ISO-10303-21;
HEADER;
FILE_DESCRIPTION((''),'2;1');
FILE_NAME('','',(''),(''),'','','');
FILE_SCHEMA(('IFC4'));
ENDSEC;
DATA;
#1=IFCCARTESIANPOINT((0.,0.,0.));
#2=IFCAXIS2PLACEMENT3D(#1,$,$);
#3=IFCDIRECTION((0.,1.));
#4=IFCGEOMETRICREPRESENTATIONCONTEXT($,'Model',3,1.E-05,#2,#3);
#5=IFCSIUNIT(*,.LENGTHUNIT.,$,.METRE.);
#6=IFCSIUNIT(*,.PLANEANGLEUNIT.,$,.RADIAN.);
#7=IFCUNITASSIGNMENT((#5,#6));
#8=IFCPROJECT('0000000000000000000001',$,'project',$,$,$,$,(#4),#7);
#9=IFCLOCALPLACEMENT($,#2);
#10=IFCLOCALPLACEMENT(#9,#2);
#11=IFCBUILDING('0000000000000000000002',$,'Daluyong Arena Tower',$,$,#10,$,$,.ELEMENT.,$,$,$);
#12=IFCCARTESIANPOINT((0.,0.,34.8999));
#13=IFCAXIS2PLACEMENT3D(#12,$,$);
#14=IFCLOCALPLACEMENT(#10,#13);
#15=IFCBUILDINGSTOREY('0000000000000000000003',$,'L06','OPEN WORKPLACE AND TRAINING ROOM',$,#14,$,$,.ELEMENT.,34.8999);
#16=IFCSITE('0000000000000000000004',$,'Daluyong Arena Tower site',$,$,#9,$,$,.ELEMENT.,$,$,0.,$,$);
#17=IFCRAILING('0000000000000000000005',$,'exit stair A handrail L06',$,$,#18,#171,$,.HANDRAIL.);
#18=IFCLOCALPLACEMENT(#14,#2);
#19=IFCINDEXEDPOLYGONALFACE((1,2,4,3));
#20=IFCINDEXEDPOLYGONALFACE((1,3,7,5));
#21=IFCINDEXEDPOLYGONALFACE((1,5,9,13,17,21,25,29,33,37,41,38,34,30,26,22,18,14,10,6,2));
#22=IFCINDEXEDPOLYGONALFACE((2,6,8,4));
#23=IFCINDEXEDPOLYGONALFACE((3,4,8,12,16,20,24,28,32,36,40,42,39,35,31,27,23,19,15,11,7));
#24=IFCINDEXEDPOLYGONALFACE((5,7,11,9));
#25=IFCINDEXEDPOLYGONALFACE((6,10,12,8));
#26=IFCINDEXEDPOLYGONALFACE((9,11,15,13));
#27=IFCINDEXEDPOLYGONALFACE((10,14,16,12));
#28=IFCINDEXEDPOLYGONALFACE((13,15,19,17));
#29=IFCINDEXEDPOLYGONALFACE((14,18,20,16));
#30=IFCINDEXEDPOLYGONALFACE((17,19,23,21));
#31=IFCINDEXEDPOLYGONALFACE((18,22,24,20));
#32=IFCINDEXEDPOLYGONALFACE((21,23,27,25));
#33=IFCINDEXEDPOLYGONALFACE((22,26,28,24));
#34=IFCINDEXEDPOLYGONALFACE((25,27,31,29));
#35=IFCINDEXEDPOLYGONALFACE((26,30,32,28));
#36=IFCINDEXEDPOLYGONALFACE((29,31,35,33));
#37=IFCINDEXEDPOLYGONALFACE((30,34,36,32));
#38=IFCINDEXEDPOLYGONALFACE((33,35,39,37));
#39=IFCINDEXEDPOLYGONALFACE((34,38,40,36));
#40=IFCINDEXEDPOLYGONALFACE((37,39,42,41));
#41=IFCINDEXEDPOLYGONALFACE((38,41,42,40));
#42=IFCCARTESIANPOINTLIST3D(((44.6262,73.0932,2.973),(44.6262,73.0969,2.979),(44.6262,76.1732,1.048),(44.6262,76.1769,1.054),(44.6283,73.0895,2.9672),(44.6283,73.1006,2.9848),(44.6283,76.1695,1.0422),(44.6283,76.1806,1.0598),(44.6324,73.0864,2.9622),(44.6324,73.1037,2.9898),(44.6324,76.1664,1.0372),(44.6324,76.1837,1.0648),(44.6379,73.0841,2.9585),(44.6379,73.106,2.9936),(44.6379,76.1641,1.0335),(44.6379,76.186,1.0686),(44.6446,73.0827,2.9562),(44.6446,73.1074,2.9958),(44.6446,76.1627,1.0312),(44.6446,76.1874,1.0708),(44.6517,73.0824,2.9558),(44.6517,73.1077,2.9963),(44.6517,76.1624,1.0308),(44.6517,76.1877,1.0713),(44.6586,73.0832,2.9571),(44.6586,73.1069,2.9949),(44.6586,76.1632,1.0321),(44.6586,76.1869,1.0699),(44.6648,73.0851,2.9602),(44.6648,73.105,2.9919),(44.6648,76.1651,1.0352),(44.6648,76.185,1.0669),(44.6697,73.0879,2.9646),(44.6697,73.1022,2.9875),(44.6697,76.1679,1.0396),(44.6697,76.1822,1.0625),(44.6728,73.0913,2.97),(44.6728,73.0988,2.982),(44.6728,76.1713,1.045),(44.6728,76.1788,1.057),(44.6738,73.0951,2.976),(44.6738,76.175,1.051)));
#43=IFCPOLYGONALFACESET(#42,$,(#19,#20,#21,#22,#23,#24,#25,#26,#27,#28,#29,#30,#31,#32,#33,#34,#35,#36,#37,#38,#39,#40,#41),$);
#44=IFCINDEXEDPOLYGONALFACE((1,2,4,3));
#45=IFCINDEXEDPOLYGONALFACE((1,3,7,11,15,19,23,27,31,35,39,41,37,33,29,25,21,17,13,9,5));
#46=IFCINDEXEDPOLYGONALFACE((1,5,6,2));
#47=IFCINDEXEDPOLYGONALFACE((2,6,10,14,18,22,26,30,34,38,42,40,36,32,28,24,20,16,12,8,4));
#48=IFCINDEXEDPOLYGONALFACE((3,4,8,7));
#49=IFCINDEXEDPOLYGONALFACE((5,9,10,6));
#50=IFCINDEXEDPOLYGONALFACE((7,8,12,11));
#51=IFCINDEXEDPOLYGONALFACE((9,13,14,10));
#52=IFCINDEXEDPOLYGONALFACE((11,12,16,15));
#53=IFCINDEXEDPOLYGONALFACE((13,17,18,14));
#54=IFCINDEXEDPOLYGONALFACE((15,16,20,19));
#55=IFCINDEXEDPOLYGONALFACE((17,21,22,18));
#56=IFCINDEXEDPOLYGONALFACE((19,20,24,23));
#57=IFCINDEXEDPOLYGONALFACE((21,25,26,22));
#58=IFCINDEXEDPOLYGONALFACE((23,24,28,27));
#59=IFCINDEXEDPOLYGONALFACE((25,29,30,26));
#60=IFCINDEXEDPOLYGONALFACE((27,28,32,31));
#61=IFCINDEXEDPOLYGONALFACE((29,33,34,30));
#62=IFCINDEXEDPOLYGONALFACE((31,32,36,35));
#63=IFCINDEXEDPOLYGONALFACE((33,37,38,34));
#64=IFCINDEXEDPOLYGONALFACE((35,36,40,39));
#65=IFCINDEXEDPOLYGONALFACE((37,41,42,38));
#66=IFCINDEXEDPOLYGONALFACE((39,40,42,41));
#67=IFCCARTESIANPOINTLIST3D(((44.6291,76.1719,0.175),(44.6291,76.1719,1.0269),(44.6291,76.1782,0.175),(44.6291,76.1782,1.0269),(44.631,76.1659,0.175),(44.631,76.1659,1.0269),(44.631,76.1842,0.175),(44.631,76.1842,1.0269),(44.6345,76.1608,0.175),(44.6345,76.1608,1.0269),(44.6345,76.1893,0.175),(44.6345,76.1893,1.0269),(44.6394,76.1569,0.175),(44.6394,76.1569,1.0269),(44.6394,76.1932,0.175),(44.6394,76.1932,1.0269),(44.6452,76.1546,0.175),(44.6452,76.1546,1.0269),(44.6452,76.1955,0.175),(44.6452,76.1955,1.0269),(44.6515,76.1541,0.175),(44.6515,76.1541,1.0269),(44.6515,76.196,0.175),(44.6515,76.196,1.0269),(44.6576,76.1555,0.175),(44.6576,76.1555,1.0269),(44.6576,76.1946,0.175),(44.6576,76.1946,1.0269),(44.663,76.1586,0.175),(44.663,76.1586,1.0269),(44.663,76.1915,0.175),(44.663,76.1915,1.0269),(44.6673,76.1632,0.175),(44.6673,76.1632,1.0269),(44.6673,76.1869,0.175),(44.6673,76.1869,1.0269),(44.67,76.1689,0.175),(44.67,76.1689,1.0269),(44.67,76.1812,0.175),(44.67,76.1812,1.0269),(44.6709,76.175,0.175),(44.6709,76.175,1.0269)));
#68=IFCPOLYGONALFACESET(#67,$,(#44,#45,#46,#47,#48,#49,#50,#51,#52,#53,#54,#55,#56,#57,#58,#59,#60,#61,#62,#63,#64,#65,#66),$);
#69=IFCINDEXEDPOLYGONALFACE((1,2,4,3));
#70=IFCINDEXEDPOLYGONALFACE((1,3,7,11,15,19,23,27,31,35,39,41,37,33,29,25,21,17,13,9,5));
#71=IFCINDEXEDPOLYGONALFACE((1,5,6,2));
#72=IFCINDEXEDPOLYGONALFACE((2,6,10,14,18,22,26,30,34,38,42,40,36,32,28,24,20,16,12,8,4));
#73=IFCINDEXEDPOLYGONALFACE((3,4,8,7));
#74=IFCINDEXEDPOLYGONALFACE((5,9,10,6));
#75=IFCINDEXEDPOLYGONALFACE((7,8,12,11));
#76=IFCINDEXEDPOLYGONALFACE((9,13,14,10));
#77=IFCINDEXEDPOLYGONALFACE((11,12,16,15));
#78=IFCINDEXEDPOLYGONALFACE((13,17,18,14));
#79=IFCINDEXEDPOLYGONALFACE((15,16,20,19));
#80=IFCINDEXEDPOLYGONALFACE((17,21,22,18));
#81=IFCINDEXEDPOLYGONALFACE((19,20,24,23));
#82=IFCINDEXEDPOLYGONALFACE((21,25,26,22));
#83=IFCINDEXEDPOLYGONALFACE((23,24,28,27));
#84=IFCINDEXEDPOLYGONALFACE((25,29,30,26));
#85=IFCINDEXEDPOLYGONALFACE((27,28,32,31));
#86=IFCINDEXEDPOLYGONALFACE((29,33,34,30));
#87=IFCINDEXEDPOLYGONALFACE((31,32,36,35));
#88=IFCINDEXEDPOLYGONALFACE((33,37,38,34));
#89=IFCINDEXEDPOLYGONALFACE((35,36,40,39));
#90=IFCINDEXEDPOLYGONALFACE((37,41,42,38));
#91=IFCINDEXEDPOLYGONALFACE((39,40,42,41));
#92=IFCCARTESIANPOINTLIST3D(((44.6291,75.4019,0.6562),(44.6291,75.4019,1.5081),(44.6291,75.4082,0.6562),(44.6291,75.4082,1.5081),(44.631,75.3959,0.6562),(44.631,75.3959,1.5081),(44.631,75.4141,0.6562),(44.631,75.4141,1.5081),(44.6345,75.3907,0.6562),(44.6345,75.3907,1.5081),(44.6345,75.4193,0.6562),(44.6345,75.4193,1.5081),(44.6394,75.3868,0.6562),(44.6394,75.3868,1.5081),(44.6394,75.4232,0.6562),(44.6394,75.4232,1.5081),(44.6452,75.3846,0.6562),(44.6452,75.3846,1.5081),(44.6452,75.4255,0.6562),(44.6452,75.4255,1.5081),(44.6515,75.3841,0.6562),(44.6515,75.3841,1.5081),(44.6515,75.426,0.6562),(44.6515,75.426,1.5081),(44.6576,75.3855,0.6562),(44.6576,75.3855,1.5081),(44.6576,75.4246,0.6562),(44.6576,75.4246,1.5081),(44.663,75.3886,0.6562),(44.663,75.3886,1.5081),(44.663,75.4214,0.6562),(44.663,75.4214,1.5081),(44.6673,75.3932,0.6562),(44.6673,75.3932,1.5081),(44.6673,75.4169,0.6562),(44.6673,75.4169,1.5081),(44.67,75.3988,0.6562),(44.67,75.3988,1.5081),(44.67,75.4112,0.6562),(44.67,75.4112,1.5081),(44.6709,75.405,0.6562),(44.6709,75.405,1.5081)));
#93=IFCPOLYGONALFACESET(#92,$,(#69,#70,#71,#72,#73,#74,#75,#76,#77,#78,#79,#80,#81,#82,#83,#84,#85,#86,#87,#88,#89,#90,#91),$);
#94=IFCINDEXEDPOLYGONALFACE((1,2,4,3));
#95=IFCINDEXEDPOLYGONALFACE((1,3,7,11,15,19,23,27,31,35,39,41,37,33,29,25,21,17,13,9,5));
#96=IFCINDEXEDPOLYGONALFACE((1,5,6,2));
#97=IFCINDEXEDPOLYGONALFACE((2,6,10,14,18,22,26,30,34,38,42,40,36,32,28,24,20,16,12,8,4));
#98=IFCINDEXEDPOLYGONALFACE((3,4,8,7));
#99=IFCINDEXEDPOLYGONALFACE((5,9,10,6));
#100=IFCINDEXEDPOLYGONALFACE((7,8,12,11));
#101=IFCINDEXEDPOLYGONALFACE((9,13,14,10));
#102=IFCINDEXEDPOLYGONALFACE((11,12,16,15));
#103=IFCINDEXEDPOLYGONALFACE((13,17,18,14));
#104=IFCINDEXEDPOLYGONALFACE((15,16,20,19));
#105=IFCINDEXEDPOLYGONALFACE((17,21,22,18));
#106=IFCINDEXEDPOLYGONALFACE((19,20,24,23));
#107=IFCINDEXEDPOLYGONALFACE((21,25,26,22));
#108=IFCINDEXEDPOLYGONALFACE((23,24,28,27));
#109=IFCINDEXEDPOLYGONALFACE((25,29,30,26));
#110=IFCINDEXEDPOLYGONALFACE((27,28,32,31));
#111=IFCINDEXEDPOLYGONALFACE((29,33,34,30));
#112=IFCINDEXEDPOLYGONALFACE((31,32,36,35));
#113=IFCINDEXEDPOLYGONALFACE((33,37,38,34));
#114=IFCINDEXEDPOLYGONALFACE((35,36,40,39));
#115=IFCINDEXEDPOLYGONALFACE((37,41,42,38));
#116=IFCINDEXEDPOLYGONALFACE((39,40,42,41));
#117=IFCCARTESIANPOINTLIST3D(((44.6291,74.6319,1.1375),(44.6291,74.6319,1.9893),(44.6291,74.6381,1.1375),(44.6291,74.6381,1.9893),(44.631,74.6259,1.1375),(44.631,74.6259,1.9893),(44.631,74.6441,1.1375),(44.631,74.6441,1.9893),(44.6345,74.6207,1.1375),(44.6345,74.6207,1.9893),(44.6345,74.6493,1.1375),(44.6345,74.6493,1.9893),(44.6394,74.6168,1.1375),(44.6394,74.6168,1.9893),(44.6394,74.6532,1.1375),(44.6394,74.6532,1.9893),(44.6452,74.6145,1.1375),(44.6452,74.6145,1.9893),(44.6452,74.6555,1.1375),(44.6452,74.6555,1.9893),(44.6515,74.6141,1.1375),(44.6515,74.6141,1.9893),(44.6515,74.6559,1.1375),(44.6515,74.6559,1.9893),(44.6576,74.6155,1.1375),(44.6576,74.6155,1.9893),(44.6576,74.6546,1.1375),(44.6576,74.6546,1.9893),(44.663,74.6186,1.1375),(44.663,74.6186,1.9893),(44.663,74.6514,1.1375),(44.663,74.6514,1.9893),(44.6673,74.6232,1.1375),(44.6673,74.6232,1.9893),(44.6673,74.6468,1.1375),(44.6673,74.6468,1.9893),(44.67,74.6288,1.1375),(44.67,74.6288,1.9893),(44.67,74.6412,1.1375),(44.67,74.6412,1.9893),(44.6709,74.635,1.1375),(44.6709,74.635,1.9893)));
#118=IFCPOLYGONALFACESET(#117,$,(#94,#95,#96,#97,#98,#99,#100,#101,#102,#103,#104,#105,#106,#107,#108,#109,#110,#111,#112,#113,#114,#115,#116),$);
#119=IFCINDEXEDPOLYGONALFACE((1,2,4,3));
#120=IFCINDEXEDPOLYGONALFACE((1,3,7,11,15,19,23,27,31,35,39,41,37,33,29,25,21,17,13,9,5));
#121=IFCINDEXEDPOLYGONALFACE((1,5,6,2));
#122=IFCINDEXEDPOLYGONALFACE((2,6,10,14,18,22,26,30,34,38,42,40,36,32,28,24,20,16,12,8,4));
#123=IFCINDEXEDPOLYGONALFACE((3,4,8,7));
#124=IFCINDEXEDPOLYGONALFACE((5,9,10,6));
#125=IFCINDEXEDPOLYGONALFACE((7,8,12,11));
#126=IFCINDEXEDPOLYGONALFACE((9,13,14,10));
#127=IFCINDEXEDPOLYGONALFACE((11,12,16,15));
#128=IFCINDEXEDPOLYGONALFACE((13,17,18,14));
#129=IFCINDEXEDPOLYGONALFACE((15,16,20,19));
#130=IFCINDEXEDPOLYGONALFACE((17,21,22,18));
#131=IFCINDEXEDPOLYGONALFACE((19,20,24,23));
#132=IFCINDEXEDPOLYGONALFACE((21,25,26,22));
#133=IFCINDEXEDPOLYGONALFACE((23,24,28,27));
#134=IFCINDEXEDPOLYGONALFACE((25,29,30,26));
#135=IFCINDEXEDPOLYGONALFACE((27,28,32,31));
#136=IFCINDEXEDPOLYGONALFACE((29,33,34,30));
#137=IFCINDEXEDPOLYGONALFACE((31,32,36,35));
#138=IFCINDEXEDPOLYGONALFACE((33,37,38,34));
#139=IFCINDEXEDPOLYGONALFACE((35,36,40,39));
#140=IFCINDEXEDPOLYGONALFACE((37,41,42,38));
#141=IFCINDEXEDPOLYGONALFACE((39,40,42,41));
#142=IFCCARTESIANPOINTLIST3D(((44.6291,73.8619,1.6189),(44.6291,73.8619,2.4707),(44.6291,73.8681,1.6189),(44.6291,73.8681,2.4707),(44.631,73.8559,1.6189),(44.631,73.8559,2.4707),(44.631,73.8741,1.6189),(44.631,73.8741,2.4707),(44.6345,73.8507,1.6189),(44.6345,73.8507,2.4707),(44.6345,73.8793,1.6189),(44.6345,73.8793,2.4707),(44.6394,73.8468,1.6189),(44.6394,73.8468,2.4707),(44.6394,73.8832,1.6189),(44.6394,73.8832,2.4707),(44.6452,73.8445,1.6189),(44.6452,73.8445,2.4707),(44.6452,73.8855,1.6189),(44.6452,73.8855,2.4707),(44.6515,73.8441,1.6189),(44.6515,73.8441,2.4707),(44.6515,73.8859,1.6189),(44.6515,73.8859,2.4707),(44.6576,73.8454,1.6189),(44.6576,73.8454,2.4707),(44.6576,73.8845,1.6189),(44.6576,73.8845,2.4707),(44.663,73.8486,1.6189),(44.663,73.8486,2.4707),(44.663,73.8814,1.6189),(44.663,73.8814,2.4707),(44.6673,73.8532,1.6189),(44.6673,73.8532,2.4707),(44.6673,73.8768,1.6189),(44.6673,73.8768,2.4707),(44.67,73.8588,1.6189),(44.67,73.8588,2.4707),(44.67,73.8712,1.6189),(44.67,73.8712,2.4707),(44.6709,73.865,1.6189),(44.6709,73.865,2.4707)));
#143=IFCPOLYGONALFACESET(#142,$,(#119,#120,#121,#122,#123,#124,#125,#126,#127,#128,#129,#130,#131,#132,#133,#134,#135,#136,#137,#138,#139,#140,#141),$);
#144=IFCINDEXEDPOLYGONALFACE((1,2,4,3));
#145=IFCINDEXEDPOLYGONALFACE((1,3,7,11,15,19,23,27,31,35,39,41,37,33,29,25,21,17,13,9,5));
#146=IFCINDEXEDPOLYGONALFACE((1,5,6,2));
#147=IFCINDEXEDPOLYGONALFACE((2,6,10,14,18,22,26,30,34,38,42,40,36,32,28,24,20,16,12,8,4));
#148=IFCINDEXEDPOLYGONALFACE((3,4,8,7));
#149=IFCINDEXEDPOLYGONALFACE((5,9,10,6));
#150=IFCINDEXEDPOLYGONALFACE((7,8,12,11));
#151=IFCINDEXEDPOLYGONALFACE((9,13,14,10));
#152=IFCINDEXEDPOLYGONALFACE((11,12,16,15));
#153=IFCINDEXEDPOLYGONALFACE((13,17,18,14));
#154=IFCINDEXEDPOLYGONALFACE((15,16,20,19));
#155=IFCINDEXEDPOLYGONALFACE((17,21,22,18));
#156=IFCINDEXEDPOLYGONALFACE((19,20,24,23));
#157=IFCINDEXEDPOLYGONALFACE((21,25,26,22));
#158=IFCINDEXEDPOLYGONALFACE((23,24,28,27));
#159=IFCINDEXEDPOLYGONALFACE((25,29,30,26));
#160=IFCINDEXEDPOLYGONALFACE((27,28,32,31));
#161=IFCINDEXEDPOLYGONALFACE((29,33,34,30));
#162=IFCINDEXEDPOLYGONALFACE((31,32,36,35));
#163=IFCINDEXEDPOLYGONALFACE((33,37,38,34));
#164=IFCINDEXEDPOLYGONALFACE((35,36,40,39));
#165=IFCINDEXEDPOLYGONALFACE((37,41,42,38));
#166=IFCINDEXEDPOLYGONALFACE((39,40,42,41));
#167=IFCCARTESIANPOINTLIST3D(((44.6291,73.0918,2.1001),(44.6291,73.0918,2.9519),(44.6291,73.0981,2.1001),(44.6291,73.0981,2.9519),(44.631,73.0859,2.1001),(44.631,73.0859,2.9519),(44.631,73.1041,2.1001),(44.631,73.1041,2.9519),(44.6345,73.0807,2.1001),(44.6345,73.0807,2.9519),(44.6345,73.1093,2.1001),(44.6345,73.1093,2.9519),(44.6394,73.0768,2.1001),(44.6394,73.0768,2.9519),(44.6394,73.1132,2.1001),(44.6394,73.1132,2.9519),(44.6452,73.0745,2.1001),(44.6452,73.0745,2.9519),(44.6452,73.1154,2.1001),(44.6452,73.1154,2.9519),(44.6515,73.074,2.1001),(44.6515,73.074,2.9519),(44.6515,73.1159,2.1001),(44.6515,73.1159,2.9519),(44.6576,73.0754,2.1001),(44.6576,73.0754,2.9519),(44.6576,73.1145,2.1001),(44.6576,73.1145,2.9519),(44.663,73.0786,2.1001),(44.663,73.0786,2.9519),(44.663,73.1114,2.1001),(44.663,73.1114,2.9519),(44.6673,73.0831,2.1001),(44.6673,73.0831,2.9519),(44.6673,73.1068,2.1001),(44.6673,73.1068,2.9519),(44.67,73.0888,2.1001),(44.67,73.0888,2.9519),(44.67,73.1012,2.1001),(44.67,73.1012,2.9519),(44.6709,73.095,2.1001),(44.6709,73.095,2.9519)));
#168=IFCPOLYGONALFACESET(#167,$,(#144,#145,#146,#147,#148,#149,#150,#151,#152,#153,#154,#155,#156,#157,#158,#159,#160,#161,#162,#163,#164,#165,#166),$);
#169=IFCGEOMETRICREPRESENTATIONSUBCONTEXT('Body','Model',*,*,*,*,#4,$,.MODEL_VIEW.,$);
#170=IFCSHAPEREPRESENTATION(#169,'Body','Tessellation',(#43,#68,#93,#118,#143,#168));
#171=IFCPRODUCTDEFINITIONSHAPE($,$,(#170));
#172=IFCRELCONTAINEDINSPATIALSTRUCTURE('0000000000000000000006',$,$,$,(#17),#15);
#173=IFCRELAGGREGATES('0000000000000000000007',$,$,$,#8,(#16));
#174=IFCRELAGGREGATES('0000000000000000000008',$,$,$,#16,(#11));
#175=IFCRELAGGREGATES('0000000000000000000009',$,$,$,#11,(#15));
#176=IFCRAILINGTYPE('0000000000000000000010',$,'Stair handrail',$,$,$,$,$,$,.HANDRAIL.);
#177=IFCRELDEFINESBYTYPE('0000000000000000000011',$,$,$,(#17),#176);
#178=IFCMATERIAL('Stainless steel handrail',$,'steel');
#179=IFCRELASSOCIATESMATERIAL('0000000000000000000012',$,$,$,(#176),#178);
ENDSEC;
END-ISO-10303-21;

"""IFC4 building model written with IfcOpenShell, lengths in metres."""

from ifc_helpers import new_model, si_unit, direction, frame, origin, origin_2d, place, context, subcontext, project, spatial, circle, extrude, material, type_object, element, save


model = new_model("IFC4")

# Units and contexts
model_context = context("Model", 3, precision=1e-05, world=origin(), true_north=direction((0.0, 1.0)))
body_context = subcontext(model_context, "Body", "Model", "MODEL_VIEW")
ifc_project = project(units=[si_unit("LENGTHUNIT", "METRE"), si_unit("PLANEANGLEUNIT", "RADIAN")], contexts=[model_context])

# Site, building, storey
site_placement = place(None, origin())
site = spatial("IfcSite", under=ifc_project, at=site_placement, Name="Daluyong Arena Tower site", CompositionType="ELEMENT", RefElevation=0.0)
building_placement = place(site_placement, origin())
building = spatial("IfcBuilding", under=site, at=building_placement, Name="Daluyong Arena Tower", CompositionType="ELEMENT")
storey_placement = place(building_placement, frame((0.0, 0.0, 34.8999)))
storey = spatial("IfcBuildingStorey", under=building, at=storey_placement, Name="L06", Description="OPEN WORKPLACE AND TRAINING ROOM", CompositionType="ELEMENT", Elevation=34.8999)

# Railing
ifc_material_1 = material(Name="Stainless steel handrail", Category="steel")
railing_type_1 = type_object("IfcRailingType", Name="Stair handrail", PredefinedType="HANDRAIL", material=ifc_material_1)
railing_1_placement = place(storey_placement, frame((44.6499, 76.175, 0.175)))
element("IfcRailing", 1, at=railing_1_placement, inside=storey, type_object=railing_type_1, Name="exit stair A handrail L06", PredefinedType="HANDRAIL", context=body_context, shape_type="SweptSolid", body=[
    extrude(circle(Radius=0.0239, at=origin_2d()), frame((0.0, 0.0, 0.876), z_axis=(0.0, -0.847998, 0.529999), x_axis=(1.0, 0.0, 0.0)), (0.0, 0.0, 1.0), 3.6321),
    extrude(circle(Radius=0.021, at=origin_2d()), origin(), (0.0, 0.0, 1.0), 0.8518),
    extrude(circle(Radius=0.021, at=origin_2d()), frame((0.0, -0.77, 0.4812)), (0.0, 0.0, 1.0), 0.8518),
    extrude(circle(Radius=0.021, at=origin_2d()), frame((0.0, -1.54, 0.9624)), (0.0, 0.0, 1.0), 0.8518),
    extrude(circle(Radius=0.021, at=origin_2d()), frame((0.0, -2.3101, 1.4438)), (0.0, 0.0, 1.0), 0.8518),
    extrude(circle(Radius=0.021, at=origin_2d()), frame((0.0, -3.0801, 1.925)), (0.0, 0.0, 1.0), 0.8518),
])

save(model, "model.ifc")
